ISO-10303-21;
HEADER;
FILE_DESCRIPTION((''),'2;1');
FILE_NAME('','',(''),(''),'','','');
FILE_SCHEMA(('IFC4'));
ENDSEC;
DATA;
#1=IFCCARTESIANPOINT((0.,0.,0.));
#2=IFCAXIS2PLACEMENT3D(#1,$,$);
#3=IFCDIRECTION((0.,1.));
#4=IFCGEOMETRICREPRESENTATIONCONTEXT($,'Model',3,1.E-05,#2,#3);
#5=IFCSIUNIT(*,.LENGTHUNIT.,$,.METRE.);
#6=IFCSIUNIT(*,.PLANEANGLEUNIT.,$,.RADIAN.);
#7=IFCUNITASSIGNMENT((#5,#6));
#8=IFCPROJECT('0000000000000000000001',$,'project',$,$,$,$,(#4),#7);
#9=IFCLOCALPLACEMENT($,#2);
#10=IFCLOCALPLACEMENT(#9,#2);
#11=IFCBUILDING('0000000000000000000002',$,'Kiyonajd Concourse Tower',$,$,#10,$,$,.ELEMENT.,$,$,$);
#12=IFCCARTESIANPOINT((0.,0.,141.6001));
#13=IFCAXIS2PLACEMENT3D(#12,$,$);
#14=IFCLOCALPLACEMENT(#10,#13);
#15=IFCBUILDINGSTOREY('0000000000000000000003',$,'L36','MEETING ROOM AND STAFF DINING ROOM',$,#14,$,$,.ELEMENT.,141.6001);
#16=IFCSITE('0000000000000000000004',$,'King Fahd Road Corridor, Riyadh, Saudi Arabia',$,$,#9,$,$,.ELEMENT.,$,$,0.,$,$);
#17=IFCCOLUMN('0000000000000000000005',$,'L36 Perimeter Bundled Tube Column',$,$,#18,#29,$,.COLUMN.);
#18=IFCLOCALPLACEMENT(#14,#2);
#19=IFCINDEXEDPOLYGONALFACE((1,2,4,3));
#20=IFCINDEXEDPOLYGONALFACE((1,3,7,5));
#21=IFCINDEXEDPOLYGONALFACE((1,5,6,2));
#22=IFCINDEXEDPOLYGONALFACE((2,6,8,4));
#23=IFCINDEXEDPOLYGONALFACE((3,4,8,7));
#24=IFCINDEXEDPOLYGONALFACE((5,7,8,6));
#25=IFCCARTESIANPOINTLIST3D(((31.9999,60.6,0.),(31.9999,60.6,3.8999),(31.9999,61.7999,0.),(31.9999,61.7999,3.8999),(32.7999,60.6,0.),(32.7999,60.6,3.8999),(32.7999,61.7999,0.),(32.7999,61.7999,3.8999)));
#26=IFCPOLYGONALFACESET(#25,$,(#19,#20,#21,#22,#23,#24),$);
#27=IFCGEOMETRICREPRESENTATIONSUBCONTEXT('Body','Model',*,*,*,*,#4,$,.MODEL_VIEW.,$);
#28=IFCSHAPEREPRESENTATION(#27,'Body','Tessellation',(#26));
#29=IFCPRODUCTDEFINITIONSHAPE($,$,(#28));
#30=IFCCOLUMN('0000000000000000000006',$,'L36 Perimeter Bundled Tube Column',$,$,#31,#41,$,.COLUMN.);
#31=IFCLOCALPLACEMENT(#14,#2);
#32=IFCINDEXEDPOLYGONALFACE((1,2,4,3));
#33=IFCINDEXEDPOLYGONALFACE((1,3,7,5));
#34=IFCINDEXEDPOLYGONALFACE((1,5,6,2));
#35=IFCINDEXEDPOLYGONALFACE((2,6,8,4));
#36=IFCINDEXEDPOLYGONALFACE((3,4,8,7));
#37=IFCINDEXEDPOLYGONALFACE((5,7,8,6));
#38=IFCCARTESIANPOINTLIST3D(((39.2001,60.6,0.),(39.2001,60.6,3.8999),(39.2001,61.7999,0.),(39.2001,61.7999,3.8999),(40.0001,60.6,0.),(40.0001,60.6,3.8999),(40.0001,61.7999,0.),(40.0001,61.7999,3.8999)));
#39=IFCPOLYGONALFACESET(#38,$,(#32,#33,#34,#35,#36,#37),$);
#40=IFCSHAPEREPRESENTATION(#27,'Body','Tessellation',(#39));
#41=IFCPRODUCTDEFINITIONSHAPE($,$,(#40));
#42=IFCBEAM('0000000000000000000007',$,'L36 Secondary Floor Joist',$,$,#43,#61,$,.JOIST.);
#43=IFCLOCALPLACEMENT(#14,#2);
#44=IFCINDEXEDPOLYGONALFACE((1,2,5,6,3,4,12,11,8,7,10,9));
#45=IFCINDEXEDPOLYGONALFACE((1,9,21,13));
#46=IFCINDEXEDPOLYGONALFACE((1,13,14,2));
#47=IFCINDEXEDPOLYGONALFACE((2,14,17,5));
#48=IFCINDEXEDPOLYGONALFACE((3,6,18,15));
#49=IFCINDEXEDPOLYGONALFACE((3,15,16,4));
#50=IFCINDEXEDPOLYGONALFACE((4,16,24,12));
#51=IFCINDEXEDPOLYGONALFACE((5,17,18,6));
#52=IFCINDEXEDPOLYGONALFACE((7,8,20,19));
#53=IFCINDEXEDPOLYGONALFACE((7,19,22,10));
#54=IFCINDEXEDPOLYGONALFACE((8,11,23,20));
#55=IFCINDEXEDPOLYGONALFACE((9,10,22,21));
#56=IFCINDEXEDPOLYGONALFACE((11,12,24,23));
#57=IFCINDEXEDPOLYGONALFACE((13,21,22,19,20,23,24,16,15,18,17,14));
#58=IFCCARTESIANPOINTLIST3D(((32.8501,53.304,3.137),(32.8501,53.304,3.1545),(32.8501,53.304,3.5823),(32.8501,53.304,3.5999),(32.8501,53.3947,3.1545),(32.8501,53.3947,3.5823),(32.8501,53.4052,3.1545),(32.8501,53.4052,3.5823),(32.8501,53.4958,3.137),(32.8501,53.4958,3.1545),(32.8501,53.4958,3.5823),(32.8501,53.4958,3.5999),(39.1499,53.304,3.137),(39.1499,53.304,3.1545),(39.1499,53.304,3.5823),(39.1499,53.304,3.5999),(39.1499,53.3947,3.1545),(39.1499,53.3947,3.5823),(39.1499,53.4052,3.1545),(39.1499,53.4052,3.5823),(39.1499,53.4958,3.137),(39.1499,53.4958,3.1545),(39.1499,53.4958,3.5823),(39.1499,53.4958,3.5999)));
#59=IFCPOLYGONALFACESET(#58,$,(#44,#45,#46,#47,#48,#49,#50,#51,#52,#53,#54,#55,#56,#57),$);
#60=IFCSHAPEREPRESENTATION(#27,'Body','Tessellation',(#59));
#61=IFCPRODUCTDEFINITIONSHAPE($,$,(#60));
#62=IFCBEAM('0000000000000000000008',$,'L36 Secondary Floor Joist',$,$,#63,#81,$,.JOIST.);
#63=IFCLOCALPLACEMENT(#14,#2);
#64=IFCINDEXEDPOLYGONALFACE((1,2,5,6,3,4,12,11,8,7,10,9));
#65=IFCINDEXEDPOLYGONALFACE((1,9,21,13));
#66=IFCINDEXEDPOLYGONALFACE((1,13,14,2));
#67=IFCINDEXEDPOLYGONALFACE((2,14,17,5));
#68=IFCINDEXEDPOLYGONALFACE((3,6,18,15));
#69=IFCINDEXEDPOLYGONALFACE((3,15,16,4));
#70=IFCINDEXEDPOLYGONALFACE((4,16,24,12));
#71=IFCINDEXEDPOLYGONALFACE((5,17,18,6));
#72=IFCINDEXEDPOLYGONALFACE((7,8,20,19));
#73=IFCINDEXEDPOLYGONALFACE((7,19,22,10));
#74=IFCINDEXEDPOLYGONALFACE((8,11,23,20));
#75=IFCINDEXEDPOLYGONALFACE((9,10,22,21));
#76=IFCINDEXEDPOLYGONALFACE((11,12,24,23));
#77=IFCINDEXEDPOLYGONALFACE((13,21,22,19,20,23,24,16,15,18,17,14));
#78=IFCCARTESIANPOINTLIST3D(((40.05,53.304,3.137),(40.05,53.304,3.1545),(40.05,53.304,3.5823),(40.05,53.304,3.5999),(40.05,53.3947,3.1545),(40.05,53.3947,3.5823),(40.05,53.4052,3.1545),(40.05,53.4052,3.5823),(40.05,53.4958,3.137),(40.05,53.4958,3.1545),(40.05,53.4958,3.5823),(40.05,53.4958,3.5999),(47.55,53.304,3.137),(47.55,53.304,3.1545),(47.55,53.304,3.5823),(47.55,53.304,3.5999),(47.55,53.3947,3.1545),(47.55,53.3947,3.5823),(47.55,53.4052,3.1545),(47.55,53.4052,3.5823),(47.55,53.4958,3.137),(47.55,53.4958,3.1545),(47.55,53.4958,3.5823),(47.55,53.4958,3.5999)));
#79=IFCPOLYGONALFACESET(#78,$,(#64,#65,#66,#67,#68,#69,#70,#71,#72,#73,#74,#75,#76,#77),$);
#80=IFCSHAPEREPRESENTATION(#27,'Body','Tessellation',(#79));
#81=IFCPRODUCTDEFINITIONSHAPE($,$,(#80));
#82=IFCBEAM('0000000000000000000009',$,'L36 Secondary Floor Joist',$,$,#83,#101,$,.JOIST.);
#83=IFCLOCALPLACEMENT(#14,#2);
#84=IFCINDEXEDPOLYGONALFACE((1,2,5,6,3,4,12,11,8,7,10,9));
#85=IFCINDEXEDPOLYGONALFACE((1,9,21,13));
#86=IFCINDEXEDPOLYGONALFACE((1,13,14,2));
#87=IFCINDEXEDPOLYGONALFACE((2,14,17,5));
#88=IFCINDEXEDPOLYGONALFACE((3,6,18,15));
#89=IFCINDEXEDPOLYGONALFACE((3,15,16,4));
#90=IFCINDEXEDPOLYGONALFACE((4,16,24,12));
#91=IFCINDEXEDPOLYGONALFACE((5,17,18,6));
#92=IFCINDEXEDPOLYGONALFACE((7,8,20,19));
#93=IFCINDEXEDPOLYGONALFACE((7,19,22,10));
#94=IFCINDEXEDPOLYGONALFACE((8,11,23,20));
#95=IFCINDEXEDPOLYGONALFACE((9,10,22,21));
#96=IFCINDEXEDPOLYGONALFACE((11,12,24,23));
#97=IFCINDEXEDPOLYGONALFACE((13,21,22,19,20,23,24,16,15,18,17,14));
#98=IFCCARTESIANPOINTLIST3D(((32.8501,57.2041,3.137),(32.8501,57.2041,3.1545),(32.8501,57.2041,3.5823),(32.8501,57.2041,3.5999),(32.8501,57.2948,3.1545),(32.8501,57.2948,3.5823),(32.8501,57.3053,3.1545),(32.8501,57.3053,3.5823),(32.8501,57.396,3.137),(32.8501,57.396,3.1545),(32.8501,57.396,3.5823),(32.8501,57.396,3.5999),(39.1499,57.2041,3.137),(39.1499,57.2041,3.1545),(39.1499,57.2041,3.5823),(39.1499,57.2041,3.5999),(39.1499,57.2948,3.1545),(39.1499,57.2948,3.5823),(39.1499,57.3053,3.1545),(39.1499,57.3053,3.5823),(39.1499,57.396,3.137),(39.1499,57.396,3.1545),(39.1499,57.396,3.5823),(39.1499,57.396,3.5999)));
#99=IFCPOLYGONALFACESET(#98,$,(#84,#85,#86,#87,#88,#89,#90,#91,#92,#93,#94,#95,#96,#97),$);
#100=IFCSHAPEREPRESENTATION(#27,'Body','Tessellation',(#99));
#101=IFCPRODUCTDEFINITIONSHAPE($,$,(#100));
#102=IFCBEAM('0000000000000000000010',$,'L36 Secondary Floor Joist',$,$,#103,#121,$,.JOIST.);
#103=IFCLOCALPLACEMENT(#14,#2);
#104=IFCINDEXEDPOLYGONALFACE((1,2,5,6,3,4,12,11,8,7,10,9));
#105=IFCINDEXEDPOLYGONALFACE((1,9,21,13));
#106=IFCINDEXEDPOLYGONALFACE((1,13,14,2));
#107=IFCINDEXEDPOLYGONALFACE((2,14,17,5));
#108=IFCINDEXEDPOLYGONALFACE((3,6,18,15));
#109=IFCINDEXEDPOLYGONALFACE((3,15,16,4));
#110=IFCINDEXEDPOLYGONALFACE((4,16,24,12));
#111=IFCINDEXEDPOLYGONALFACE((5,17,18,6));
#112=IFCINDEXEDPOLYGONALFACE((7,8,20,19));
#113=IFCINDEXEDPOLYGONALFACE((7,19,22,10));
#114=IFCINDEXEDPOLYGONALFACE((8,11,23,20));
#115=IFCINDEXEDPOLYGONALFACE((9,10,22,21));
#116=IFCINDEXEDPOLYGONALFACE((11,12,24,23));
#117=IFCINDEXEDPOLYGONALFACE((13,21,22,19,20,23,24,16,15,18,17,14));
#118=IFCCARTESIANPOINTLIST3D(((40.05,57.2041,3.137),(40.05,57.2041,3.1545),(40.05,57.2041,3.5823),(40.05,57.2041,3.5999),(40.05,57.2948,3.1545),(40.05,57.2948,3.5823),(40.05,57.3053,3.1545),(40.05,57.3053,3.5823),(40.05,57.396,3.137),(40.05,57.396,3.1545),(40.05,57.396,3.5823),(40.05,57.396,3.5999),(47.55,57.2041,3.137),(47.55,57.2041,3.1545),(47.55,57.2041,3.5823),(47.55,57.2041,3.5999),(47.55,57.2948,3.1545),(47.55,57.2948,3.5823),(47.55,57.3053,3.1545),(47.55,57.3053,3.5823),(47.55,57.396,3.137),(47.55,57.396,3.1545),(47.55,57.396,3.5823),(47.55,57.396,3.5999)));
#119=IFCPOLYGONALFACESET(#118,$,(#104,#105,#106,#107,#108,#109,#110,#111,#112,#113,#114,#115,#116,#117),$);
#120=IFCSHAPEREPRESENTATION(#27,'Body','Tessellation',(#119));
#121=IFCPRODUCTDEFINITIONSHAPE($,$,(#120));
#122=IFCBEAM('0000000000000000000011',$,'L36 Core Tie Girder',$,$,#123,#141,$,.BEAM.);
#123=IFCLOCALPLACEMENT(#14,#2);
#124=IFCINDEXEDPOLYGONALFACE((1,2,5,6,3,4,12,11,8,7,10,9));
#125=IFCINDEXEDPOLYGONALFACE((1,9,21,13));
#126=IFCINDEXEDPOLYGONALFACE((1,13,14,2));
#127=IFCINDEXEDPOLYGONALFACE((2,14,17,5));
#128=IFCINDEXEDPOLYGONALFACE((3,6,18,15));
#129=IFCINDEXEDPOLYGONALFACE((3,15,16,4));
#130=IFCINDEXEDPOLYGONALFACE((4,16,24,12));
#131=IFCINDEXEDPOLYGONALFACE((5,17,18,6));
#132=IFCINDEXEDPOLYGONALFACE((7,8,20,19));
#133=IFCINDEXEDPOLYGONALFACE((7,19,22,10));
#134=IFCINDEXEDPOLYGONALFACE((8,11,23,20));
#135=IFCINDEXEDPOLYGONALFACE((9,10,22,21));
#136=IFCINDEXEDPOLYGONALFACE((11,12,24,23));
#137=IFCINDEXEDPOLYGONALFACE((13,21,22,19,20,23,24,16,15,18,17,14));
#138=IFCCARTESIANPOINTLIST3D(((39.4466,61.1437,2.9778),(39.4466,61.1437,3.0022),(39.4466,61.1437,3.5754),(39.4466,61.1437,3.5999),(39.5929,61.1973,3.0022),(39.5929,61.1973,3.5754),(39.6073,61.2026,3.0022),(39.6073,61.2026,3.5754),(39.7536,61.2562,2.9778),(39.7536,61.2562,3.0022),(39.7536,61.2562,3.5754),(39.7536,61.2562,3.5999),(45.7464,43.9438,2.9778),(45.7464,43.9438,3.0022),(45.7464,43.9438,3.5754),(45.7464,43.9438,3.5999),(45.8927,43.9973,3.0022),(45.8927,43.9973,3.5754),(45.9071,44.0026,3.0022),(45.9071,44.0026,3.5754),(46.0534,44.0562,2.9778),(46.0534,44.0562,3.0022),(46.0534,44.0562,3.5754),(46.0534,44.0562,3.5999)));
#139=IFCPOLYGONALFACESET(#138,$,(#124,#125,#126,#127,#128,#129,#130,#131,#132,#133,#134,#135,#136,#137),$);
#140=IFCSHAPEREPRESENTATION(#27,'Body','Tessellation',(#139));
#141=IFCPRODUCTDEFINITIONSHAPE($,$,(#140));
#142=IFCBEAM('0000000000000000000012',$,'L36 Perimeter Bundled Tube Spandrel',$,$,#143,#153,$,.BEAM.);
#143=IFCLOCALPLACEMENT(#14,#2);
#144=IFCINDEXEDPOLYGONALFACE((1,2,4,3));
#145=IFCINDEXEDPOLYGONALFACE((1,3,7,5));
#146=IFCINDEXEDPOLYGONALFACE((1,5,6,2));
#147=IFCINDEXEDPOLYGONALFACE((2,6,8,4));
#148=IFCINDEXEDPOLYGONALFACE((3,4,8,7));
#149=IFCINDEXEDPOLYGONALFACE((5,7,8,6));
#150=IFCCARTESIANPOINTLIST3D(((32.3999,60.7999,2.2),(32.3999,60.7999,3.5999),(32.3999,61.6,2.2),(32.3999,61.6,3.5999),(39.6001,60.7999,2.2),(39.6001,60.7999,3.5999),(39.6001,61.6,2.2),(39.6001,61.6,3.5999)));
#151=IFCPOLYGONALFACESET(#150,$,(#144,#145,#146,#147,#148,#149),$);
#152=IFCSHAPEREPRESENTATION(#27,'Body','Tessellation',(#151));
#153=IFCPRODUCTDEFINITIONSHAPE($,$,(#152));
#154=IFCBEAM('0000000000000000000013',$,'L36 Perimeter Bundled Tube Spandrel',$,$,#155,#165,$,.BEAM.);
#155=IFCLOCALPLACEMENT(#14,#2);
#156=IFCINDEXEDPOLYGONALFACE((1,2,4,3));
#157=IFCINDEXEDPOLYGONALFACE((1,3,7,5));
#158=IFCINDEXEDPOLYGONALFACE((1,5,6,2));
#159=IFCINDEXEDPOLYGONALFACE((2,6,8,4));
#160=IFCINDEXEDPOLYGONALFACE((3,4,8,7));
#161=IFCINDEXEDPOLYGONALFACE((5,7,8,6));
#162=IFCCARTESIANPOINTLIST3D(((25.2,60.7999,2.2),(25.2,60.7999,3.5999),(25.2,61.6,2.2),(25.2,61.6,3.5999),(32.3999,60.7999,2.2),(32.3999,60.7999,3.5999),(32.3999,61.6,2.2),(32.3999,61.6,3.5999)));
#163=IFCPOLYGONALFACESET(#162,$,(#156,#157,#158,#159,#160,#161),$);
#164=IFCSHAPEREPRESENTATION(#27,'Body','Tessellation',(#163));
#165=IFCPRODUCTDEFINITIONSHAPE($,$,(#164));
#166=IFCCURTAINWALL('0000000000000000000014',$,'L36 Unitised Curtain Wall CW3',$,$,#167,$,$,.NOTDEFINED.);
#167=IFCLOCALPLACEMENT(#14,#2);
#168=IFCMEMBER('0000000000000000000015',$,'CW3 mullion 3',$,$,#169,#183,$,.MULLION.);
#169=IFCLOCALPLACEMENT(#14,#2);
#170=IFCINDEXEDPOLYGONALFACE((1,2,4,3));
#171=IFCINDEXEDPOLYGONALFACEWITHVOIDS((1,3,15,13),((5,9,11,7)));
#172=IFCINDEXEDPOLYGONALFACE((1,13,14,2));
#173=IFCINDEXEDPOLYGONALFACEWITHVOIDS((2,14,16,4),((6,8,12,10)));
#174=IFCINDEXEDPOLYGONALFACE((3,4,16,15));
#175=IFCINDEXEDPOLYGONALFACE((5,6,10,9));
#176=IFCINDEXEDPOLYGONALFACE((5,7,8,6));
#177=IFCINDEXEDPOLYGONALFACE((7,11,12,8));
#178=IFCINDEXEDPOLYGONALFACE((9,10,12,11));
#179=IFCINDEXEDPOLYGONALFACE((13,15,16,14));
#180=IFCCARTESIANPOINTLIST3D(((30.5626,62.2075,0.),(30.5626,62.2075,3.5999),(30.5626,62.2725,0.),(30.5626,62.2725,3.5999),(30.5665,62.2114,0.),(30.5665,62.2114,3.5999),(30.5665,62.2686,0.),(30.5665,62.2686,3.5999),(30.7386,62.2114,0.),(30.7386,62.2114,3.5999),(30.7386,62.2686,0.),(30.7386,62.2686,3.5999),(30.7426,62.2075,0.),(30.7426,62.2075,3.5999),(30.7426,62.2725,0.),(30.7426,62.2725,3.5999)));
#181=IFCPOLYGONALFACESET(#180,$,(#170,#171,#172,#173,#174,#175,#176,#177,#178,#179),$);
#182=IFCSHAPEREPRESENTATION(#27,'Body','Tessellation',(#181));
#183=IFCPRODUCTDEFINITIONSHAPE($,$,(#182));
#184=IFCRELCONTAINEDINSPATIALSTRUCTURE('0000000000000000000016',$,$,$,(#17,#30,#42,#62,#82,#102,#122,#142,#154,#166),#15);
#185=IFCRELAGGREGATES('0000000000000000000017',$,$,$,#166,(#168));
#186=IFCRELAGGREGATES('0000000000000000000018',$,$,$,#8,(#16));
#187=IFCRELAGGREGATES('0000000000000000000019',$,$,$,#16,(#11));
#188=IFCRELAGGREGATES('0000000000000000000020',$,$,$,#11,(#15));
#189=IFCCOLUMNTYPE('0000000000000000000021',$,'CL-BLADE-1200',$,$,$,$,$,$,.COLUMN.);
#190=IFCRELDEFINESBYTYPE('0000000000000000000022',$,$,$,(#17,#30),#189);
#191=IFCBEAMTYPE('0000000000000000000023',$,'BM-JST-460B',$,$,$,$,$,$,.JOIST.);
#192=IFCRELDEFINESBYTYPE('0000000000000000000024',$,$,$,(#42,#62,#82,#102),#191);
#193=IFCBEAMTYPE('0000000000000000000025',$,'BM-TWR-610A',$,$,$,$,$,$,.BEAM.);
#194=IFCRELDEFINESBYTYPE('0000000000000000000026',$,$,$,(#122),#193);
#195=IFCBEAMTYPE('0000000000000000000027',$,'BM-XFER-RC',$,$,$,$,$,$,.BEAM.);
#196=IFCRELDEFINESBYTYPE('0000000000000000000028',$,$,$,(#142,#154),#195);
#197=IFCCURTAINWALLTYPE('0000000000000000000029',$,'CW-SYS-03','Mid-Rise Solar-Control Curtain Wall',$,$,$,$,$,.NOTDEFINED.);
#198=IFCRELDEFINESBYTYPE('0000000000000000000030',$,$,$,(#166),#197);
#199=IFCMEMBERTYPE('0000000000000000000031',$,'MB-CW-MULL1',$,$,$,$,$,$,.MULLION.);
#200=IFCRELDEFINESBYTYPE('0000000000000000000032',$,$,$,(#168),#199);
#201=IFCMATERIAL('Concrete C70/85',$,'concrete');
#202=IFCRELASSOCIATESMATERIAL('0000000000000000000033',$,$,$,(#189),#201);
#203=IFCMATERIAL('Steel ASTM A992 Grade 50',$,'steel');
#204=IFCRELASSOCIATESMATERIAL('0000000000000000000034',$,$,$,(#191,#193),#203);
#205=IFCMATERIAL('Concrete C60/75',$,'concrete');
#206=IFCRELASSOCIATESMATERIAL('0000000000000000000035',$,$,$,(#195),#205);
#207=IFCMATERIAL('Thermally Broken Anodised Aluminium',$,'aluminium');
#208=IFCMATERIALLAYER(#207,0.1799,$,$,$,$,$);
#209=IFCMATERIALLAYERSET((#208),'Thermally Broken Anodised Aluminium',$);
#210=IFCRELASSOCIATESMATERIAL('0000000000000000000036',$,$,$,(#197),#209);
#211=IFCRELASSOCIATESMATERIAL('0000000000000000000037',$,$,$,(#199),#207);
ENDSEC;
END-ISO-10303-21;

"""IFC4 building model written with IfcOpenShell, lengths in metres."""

from ifc_helpers import new_model, si_unit, direction, frame, origin, origin_2d, place, context, subcontext, project, spatial, rectangle, hollow_rectangle, i_section, extrude, material, layer, layer_set, material_profile, profile_set, type_object, element, aggregate, save


model = new_model("IFC4")

# Units and contexts
model_context = context("Model", 3, precision=1e-05, world=origin(), true_north=direction((0.0, 1.0)))
body_context = subcontext(model_context, "Body", "Model", "MODEL_VIEW")
ifc_project = project(units=[si_unit("LENGTHUNIT", "METRE"), si_unit("PLANEANGLEUNIT", "RADIAN")], contexts=[model_context])

# Site, building, storey
site_placement = place(None, origin())
site = spatial("IfcSite", under=ifc_project, at=site_placement, Name="King Fahd Road Corridor, Riyadh, Saudi Arabia", CompositionType="ELEMENT", RefElevation=0.0)
building_placement = place(site_placement, origin())
building = spatial("IfcBuilding", under=site, at=building_placement, Name="Kiyonajd Concourse Tower", CompositionType="ELEMENT")
storey_placement = place(building_placement, frame((0.0, 0.0, 141.6001)))
storey = spatial("IfcBuildingStorey", under=building, at=storey_placement, Name="L36", Description="MEETING ROOM AND STAFF DINING ROOM", CompositionType="ELEMENT", Elevation=141.6001)

# Columns
ifc_material_1 = material(Name="Concrete C70/85", Category="concrete")
ifc_material_profile_1 = material_profile(ifc_material_1, rectangle(XDim=0.8, YDim=1.2, at=origin_2d()), Name="RC-1200x800")
ifc_profile_set_1 = profile_set([ifc_material_profile_1], Name="Concrete C70/85")
column_type = type_object("IfcColumnType", Name="CL-BLADE-1200", PredefinedType="COLUMN", material=ifc_profile_set_1)
for number, where, z_axis, x_axis, name in (
    (1, (32.3999, 61.2, 0.0), (0.0, 0.0, 1.0), (1.0, 0.0, 0.0), "L36 Perimeter Bundled Tube Column"),
    (2, (39.6001, 61.2, 0.0), (0.0, 0.0, 1.0), (1.0, 0.0, 0.0), "L36 Perimeter Bundled Tube Column"),
):
    element("IfcColumn", number, at=place(storey_placement, frame(where, z_axis=z_axis, x_axis=x_axis)), inside=storey, type_object=column_type, Name=name, PredefinedType="COLUMN", context=body_context, shape_type="SweptSolid", body=[
        extrude(rectangle(XDim=0.8, YDim=1.2, at=origin_2d()), origin(), (0.0, 0.0, 1.0), 3.8999),
    ])

# Beams
ifc_material_2 = material(Name="Steel ASTM A992 Grade 50", Category="steel")
ifc_material_profile_2 = material_profile(ifc_material_2, i_section(OverallWidth=0.1919, OverallDepth=0.4629, WebThickness=0.0105, FlangeThickness=0.0176, at=origin_2d()), Name="W460X89")
ifc_profile_set_2 = profile_set([ifc_material_profile_2], Name="Steel ASTM A992 Grade 50")
beam_type_1 = type_object("IfcBeamType", Name="BM-JST-460B", PredefinedType="JOIST", material=ifc_profile_set_2)
beam_1_placement = place(storey_placement, frame((32.8501, 53.3999, 3.3684), z_axis=(1.0, 0.0, 0.0), x_axis=(0.0, 1.0, 0.0)))
element("IfcBeam", 3, at=beam_1_placement, inside=storey, type_object=beam_type_1, Name="L36 Secondary Floor Joist", PredefinedType="JOIST", context=body_context, shape_type="SweptSolid", body=[
    extrude(i_section(OverallWidth=0.1919, OverallDepth=0.4629, WebThickness=0.0105, FlangeThickness=0.0176, at=origin_2d()), origin(), (0.0, 0.0, 1.0), 6.2998),
])
beam_2_placement = place(storey_placement, frame((40.05, 53.3999, 3.3684), z_axis=(1.0, 0.0, 0.0), x_axis=(0.0, 1.0, 0.0)))
element("IfcBeam", 4, at=beam_2_placement, inside=storey, type_object=beam_type_1, Name="L36 Secondary Floor Joist", PredefinedType="JOIST", context=body_context, shape_type="SweptSolid", body=[
    extrude(i_section(OverallWidth=0.1919, OverallDepth=0.4629, WebThickness=0.0105, FlangeThickness=0.0176, at=origin_2d()), origin(), (0.0, 0.0, 1.0), 7.5),
])
beam_3_placement = place(storey_placement, frame((32.8501, 57.3, 3.3684), z_axis=(1.0, 0.0, 0.0), x_axis=(0.0, 1.0, 0.0)))
element("IfcBeam", 5, at=beam_3_placement, inside=storey, type_object=beam_type_1, Name="L36 Secondary Floor Joist", PredefinedType="JOIST", context=body_context, shape_type="SweptSolid", body=[
    extrude(i_section(OverallWidth=0.1919, OverallDepth=0.4629, WebThickness=0.0105, FlangeThickness=0.0176, at=origin_2d()), origin(), (0.0, 0.0, 1.0), 6.2998),
])
beam_4_placement = place(storey_placement, frame((40.05, 57.3, 3.3684), z_axis=(1.0, 0.0, 0.0), x_axis=(0.0, 1.0, 0.0)))
element("IfcBeam", 6, at=beam_4_placement, inside=storey, type_object=beam_type_1, Name="L36 Secondary Floor Joist", PredefinedType="JOIST", context=body_context, shape_type="SweptSolid", body=[
    extrude(i_section(OverallWidth=0.1919, OverallDepth=0.4629, WebThickness=0.0105, FlangeThickness=0.0176, at=origin_2d()), origin(), (0.0, 0.0, 1.0), 7.5),
])
ifc_material_profile_3 = material_profile(ifc_material_2, i_section(OverallWidth=0.3269, OverallDepth=0.6221, WebThickness=0.0154, FlangeThickness=0.0244, at=origin_2d()), Name="W610X195")
ifc_profile_set_3 = profile_set([ifc_material_profile_3], Name="Steel ASTM A992 Grade 50")
beam_type_2 = type_object("IfcBeamType", Name="BM-TWR-610A", PredefinedType="BEAM", material=ifc_profile_set_3)
beam_5_placement = place(storey_placement, frame((39.6001, 61.2, 3.2888), z_axis=(0.343925, -0.938997, 0.0), x_axis=(0.938997, 0.343925, 0.0)))
element("IfcBeam", 7, at=beam_5_placement, inside=storey, type_object=beam_type_2, Name="L36 Core Tie Girder", PredefinedType="BEAM", context=body_context, shape_type="SweptSolid", body=[
    extrude(i_section(OverallWidth=0.3269, OverallDepth=0.6221, WebThickness=0.0154, FlangeThickness=0.0244, at=origin_2d()), origin(), (0.0, 0.0, 1.0), 18.3174),
])
ifc_material_3 = material(Name="Concrete C60/75", Category="concrete")
ifc_material_profile_4 = material_profile(ifc_material_3, rectangle(XDim=0.8, YDim=1.3999, at=origin_2d()), Name="RCBM-800x1400")
ifc_profile_set_4 = profile_set([ifc_material_profile_4], Name="Concrete C60/75")
beam_type_3 = type_object("IfcBeamType", Name="BM-XFER-RC", PredefinedType="BEAM", material=ifc_profile_set_4)
beam_6_placement = place(storey_placement, frame((39.6001, 61.2, 2.8999), z_axis=(-1.0, 0.0, 0.0), x_axis=(0.0, -1.0, 0.0)))
element("IfcBeam", 8, at=beam_6_placement, inside=storey, type_object=beam_type_3, Name="L36 Perimeter Bundled Tube Spandrel", PredefinedType="BEAM", context=body_context, shape_type="SweptSolid", body=[
    extrude(rectangle(XDim=0.8, YDim=1.3999, at=origin_2d()), origin(), (0.0, 0.0, 1.0), 7.2002),
])
beam_7_placement = place(storey_placement, frame((32.3999, 61.2, 2.8999), z_axis=(-1.0, 0.0, 0.0), x_axis=(0.0, -1.0, 0.0)))
element("IfcBeam", 9, at=beam_7_placement, inside=storey, type_object=beam_type_3, Name="L36 Perimeter Bundled Tube Spandrel", PredefinedType="BEAM", context=body_context, shape_type="SweptSolid", body=[
    extrude(rectangle(XDim=0.8, YDim=1.3999, at=origin_2d()), origin(), (0.0, 0.0, 1.0), 7.2),
])

# Curtain wall, member
ifc_material_4 = material(Name="Thermally Broken Anodised Aluminium", Category="aluminium")
ifc_layer_1 = layer(ifc_material_4, 0.1799)
ifc_layer_set_1 = layer_set([ifc_layer_1], Name="Thermally Broken Anodised Aluminium")
curtain_wall_type = type_object("IfcCurtainWallType", Name="CW-SYS-03", Description="Mid-Rise Solar-Control Curtain Wall", PredefinedType="NOTDEFINED", material=ifc_layer_set_1)
curtain_wall_placement = place(storey_placement, origin())
curtain_wall = element("IfcCurtainWall", 10, at=curtain_wall_placement, inside=storey, type_object=curtain_wall_type, Name="L36 Unitised Curtain Wall CW3", PredefinedType="NOTDEFINED")
ifc_material_profile_5 = material_profile(ifc_material_4, hollow_rectangle(XDim=0.0649, YDim=0.1799, WallThickness=0.0039, at=origin_2d()), Name="MULL-65x180")
ifc_profile_set_5 = profile_set([ifc_material_profile_5], Name="Thermally Broken Anodised Aluminium")
member_type_1 = type_object("IfcMemberType", Name="MB-CW-MULL1", PredefinedType="MULLION", material=ifc_profile_set_5)
member_1_placement = place(storey_placement, frame((30.6526, 62.24, 0.0), z_axis=(0.0, 0.0, 1.0), x_axis=(0.0, 1.0, 0.0)))
member_1 = element("IfcMember", 11, at=member_1_placement, type_object=member_type_1, Name="CW3 mullion 3", PredefinedType="MULLION", context=body_context, shape_type="SweptSolid", body=[
    extrude(hollow_rectangle(XDim=0.0649, YDim=0.1799, WallThickness=0.0039, at=origin_2d()), origin(), (0.0, 0.0, 1.0), 3.5999),
])

aggregate(curtain_wall, [member_1])

save(model, "model.ifc")
